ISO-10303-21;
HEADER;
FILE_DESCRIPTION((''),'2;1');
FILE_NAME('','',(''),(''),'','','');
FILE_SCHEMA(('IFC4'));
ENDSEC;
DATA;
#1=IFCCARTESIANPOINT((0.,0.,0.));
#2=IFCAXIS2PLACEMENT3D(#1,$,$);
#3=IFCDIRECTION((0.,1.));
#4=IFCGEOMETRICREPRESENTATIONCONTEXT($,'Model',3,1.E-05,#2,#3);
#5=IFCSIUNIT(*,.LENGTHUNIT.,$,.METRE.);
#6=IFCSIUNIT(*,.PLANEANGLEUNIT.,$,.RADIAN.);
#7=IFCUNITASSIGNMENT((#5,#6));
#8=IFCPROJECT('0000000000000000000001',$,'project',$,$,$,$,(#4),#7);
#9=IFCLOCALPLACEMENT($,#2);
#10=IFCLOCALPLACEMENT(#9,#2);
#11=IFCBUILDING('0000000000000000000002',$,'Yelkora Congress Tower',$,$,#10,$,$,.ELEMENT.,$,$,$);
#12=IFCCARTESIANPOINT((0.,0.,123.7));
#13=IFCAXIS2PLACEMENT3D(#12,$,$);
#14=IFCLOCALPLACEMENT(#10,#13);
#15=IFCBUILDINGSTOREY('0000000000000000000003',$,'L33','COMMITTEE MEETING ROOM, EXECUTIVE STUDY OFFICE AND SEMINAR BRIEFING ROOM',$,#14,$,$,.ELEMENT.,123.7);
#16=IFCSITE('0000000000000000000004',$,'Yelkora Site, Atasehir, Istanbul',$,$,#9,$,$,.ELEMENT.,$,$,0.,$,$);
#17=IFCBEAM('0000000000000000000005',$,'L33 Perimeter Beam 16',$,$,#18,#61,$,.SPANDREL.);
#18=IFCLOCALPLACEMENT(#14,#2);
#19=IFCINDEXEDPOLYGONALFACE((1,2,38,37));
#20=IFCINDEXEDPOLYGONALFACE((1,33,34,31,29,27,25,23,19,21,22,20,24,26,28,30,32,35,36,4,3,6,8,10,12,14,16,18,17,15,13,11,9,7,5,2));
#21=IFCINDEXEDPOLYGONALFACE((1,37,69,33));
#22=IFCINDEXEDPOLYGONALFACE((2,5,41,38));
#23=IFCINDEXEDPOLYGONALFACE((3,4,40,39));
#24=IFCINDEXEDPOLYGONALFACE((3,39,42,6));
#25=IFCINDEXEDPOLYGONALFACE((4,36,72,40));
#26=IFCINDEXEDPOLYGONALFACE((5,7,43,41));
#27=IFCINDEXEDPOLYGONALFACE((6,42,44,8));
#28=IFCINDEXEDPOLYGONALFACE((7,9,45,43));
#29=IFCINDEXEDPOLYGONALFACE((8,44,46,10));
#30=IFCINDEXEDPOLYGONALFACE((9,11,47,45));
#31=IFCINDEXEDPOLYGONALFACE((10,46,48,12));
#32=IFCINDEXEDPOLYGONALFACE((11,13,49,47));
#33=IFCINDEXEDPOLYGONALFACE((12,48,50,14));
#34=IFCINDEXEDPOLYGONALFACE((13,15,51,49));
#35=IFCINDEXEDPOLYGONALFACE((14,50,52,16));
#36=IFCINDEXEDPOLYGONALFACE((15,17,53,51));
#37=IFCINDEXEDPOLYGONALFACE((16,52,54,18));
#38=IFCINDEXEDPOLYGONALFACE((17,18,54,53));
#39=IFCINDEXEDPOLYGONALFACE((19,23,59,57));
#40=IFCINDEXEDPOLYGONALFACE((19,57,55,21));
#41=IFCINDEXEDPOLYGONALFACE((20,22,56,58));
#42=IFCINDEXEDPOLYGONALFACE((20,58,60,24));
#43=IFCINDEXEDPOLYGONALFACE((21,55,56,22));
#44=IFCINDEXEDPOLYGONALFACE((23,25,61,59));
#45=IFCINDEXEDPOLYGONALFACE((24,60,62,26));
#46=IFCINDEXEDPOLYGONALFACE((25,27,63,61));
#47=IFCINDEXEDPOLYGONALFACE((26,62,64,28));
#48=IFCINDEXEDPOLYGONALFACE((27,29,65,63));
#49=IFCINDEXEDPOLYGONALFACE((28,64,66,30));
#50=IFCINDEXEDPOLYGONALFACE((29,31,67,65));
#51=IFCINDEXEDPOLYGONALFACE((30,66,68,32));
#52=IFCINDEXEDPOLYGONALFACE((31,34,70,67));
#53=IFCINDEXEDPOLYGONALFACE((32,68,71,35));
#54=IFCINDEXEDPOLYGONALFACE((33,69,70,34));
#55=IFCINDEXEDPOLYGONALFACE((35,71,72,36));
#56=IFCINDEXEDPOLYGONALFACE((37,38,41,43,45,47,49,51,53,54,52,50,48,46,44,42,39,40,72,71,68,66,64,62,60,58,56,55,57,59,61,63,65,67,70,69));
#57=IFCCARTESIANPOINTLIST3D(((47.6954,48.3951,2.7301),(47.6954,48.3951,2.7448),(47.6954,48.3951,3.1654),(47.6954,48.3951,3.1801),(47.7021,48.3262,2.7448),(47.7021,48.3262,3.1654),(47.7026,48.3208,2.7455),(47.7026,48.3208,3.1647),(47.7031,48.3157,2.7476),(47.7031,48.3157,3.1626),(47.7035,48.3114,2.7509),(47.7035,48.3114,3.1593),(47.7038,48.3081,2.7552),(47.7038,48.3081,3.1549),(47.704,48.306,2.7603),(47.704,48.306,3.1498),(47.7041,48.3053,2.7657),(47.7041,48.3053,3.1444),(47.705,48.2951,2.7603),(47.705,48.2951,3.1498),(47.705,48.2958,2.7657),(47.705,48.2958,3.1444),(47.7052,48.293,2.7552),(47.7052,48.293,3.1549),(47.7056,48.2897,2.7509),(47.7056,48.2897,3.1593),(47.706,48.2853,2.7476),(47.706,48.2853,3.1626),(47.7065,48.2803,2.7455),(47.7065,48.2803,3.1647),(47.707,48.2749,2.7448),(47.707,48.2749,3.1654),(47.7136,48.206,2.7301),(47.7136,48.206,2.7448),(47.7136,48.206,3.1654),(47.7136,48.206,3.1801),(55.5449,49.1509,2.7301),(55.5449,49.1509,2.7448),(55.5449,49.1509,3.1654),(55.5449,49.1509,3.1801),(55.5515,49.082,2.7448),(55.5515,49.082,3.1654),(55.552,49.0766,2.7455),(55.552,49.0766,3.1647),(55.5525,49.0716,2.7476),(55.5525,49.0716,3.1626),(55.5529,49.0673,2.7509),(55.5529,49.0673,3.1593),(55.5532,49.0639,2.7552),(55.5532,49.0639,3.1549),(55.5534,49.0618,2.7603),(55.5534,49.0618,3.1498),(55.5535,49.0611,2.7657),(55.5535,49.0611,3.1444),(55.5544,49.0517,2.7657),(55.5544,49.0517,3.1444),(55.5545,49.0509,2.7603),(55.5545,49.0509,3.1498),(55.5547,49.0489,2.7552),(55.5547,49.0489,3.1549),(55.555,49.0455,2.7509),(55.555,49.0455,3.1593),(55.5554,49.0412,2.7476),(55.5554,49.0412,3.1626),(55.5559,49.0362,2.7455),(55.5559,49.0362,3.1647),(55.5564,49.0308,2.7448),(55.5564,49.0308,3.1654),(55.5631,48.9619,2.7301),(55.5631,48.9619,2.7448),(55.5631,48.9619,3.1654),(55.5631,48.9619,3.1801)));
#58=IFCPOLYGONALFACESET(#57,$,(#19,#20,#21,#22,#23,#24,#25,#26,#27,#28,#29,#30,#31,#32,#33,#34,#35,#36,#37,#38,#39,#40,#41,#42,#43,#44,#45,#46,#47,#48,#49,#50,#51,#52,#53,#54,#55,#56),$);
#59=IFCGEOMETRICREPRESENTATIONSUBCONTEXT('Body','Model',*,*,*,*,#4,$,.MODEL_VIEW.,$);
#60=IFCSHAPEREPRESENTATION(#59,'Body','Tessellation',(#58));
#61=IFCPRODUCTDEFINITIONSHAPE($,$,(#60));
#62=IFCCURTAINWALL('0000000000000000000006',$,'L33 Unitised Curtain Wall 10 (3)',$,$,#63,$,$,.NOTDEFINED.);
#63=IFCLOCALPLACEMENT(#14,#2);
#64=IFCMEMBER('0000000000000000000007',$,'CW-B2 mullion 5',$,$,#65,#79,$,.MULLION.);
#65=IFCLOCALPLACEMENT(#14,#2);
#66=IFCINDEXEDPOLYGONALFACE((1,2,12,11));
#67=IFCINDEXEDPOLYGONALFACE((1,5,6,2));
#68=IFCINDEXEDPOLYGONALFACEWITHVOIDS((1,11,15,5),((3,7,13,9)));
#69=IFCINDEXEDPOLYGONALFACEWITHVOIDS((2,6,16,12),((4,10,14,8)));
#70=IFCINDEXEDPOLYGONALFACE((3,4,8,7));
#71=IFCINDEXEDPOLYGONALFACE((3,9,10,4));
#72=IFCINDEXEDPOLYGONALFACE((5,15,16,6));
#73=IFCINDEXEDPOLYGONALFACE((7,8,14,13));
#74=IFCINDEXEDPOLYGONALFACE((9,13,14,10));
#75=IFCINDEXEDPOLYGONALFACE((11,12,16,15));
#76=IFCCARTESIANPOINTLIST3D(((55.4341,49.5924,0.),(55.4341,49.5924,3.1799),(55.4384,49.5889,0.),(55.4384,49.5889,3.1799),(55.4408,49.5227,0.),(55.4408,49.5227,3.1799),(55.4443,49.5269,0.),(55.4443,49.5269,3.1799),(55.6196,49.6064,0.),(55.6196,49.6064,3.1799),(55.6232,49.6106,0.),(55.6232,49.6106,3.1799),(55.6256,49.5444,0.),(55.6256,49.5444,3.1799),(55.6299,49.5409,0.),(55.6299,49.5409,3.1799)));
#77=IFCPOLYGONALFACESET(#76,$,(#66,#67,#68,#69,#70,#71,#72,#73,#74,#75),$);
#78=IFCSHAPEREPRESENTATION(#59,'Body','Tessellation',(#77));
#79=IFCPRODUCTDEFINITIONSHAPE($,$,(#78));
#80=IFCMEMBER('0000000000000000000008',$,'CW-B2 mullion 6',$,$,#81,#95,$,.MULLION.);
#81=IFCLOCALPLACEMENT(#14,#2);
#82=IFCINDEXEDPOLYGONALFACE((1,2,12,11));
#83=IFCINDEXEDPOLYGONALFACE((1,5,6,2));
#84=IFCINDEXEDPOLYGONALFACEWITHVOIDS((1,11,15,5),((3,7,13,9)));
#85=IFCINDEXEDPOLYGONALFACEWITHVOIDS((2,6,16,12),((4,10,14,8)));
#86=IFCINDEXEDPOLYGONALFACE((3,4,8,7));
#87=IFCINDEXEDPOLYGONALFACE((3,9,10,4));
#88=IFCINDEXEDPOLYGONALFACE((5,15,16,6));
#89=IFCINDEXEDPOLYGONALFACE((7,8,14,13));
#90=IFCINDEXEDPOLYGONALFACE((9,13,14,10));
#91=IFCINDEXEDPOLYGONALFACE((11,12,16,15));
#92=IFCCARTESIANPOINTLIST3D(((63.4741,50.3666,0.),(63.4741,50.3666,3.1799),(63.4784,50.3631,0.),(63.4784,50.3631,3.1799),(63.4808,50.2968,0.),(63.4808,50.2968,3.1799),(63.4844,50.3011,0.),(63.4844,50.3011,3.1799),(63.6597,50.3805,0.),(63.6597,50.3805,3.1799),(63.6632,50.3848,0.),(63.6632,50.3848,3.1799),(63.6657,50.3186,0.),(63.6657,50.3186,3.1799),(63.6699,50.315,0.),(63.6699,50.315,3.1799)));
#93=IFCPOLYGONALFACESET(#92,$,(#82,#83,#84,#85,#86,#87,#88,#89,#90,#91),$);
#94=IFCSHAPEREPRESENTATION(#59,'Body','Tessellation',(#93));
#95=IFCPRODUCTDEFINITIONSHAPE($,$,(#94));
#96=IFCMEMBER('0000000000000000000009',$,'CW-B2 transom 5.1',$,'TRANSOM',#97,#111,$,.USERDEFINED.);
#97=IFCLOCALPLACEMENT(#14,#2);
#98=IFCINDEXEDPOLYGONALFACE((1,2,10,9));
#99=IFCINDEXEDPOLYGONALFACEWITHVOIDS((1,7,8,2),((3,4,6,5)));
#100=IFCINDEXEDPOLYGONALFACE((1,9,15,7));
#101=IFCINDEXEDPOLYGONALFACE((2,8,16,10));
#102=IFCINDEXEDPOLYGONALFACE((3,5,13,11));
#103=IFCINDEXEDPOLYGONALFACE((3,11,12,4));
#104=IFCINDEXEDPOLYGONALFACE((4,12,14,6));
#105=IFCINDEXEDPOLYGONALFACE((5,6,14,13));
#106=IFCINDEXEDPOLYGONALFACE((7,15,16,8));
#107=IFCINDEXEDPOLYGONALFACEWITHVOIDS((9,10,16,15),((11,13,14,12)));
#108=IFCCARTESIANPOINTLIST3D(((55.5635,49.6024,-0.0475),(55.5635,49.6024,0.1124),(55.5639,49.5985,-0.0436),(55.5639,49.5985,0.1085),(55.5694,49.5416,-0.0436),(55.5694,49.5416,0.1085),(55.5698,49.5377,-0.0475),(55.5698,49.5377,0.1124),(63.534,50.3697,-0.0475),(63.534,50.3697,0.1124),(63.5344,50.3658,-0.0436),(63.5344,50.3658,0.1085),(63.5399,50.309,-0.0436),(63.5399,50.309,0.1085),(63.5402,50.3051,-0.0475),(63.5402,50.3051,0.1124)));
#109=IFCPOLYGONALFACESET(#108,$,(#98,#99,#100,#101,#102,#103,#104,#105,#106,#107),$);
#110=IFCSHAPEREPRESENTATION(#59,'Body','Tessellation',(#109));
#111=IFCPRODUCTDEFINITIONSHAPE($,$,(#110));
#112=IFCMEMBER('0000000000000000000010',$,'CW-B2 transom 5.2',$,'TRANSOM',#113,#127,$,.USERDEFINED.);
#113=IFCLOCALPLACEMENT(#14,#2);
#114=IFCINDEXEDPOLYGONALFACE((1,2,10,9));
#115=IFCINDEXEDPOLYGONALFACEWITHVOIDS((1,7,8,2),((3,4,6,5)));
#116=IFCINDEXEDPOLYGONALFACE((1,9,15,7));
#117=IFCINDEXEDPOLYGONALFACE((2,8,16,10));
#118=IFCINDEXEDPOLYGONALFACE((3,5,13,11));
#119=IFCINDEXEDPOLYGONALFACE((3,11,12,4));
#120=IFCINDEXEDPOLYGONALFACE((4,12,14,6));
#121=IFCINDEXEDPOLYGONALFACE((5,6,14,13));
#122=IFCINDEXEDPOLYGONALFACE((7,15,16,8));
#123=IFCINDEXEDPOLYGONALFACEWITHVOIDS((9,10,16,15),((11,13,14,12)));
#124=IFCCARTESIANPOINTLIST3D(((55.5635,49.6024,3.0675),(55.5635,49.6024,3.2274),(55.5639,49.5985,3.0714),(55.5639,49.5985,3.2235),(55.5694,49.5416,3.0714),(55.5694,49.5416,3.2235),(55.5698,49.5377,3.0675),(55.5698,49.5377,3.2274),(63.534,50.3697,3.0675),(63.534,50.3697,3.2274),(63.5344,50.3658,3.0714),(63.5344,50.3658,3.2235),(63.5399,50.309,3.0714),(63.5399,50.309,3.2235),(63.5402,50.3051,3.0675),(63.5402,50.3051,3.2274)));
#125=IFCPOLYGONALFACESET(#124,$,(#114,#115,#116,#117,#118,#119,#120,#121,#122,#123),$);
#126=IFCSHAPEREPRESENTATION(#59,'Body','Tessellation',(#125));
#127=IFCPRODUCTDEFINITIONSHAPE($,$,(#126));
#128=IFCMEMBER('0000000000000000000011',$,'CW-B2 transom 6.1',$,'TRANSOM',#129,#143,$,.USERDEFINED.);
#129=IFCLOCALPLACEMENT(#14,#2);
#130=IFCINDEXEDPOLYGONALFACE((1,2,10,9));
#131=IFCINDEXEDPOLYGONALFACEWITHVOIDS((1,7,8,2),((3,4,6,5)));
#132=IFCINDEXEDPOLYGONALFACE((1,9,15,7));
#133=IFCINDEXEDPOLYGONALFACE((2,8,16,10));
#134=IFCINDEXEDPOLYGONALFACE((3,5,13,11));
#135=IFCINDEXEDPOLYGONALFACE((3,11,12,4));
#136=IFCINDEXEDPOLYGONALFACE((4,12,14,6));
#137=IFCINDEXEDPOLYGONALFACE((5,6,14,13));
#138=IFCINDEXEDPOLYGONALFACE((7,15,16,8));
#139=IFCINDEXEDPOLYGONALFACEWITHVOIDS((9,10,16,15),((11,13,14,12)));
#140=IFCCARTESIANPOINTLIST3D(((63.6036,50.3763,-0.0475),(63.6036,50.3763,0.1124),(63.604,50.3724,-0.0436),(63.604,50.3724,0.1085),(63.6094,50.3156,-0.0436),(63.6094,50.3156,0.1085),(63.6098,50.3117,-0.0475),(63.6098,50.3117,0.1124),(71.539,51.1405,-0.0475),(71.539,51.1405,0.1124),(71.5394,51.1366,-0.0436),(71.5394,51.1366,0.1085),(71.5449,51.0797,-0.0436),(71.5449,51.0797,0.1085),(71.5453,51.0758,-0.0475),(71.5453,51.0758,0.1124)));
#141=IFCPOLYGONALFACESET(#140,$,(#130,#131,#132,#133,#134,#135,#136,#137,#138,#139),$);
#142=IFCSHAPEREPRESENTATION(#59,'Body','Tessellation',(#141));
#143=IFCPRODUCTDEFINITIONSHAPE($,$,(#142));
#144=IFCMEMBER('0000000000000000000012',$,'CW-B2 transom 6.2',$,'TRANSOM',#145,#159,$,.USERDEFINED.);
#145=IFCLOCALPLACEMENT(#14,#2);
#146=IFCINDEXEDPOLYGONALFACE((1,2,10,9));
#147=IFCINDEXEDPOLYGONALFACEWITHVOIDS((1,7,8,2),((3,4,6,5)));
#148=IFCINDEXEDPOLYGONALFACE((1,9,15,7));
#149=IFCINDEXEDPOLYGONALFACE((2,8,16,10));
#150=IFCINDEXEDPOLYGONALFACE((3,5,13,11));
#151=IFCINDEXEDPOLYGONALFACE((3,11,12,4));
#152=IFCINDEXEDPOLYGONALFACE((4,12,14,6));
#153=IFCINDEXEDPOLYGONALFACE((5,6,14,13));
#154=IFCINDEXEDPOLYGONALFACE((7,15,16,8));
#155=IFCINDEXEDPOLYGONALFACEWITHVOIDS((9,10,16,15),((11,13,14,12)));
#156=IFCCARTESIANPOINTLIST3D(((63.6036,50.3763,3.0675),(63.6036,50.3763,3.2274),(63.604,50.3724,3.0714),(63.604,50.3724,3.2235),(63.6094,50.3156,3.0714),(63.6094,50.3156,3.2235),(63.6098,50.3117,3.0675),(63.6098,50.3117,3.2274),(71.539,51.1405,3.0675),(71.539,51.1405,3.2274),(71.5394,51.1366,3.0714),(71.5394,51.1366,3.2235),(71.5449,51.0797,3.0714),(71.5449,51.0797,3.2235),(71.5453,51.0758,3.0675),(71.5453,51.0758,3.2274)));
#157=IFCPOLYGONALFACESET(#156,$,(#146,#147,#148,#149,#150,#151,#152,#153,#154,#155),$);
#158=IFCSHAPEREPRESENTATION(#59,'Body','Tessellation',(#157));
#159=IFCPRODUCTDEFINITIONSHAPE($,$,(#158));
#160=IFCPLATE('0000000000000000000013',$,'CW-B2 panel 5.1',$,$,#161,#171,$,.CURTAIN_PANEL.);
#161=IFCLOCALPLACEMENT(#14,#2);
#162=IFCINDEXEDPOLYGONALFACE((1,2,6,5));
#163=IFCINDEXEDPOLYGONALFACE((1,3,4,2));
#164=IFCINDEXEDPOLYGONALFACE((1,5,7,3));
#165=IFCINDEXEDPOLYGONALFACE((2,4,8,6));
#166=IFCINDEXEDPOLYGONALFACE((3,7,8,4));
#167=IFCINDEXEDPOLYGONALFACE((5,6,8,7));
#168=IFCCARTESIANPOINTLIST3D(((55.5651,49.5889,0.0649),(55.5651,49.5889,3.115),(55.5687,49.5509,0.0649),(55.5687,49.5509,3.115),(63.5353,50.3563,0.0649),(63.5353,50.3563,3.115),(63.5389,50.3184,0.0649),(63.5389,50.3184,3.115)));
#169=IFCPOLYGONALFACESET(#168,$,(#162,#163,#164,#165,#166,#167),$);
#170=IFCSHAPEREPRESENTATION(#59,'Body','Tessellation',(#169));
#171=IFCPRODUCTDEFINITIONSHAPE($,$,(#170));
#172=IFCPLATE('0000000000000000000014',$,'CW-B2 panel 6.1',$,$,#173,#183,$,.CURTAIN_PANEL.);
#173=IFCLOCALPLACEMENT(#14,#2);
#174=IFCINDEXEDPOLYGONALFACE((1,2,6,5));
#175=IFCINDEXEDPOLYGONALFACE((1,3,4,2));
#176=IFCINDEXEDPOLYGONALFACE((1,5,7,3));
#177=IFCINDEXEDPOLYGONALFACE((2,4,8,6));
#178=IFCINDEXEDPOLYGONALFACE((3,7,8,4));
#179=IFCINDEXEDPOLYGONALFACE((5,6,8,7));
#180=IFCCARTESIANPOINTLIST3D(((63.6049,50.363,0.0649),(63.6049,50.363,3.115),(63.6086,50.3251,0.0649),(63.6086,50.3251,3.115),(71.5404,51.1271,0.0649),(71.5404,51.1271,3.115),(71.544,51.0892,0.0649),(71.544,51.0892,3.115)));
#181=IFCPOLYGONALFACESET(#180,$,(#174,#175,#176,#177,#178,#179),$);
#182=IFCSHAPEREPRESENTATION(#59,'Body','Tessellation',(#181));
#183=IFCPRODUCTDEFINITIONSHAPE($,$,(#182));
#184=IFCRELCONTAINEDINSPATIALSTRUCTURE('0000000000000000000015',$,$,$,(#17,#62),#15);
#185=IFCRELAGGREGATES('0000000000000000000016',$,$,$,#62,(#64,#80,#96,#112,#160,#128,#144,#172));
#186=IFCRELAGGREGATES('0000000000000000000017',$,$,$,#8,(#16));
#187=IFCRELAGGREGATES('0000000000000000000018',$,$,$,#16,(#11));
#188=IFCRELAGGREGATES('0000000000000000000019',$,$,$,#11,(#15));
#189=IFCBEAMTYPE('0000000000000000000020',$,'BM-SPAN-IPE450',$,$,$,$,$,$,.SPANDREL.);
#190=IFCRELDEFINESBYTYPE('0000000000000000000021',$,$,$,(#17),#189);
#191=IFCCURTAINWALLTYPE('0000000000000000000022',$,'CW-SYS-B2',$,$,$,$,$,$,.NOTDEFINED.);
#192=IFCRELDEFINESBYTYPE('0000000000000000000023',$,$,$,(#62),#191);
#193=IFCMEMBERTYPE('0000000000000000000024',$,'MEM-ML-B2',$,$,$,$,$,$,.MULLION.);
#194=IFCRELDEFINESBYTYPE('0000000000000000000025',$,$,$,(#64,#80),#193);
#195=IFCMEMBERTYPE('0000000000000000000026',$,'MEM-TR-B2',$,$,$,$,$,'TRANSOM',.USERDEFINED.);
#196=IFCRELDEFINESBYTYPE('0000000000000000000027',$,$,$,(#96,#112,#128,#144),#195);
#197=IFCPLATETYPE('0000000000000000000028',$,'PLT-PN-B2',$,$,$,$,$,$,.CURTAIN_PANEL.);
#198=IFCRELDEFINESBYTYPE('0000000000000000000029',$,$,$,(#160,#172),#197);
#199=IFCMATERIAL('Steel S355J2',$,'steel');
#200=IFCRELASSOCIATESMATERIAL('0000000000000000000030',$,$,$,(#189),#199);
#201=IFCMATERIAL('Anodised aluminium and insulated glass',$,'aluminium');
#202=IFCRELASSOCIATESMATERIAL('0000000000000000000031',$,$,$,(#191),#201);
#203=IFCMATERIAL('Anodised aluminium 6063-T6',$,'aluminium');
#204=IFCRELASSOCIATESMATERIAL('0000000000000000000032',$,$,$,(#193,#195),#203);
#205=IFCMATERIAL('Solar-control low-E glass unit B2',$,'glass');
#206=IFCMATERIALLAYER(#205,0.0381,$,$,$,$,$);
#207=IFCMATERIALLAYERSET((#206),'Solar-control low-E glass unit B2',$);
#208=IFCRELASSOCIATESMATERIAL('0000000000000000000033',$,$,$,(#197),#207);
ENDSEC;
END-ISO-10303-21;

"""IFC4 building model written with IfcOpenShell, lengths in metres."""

from ifc_helpers import new_model, si_unit, direction, frame, origin, origin_2d, place, context, subcontext, project, spatial, rectangle, hollow_rectangle, i_section, extrude, material, layer, layer_set, material_profile, profile_set, type_object, element, aggregate, save


model = new_model("IFC4")

# Units and contexts
model_context = context("Model", 3, precision=1e-05, world=origin(), true_north=direction((0.0, 1.0)))
body_context = subcontext(model_context, "Body", "Model", "MODEL_VIEW")
ifc_project = project(units=[si_unit("LENGTHUNIT", "METRE"), si_unit("PLANEANGLEUNIT", "RADIAN")], contexts=[model_context])

# Site, building, storey
site_placement = place(None, origin())
site = spatial("IfcSite", under=ifc_project, at=site_placement, Name="Yelkora Site, Atasehir, Istanbul", CompositionType="ELEMENT", RefElevation=0.0)
building_placement = place(site_placement, origin())
building = spatial("IfcBuilding", under=site, at=building_placement, Name="Yelkora Congress Tower", CompositionType="ELEMENT")
storey_placement = place(building_placement, frame((0.0, 0.0, 123.7)))
storey = spatial("IfcBuildingStorey", under=building, at=storey_placement, Name="L33", Description="COMMITTEE MEETING ROOM, EXECUTIVE STUDY OFFICE AND SEMINAR BRIEFING ROOM", CompositionType="ELEMENT", Elevation=123.7)

# Beam
ifc_material_1 = material(Name="Steel S355J2", Category="steel")
ifc_material_profile_1 = material_profile(ifc_material_1, i_section(OverallWidth=0.1899, OverallDepth=0.45, WebThickness=0.0095, FlangeThickness=0.0146, FilletRadius=0.021, at=origin_2d()), Name="IPE 450")
ifc_profile_set_1 = profile_set([ifc_material_profile_1], Name="Steel S355J2")
beam_type_1 = type_object("IfcBeamType", Name="BM-SPAN-IPE450", PredefinedType="SPANDREL", material=ifc_profile_set_1)
for number, where, z_axis, x_axis, name in (
    (1, (55.554, 49.0564, 2.9551), (-0.995396, -0.095852, 0.0), (0.095852, -0.995396, 0.0), "L33 Perimeter Beam 16"),
):
    element("IfcBeam", number, at=place(storey_placement, frame(where, z_axis=z_axis, x_axis=x_axis)), inside=storey, type_object=beam_type_1, Name=name, PredefinedType="SPANDREL", context=body_context, shape_type="SweptSolid", body=[
        extrude(i_section(OverallWidth=0.1899, OverallDepth=0.45, WebThickness=0.0095, FlangeThickness=0.0146, FilletRadius=0.021, at=origin_2d()), origin(), (0.0, 0.0, 1.0), 7.8857),
    ])

# Curtain wall, members, plates
ifc_material_2 = material(Name="Anodised aluminium and insulated glass", Category="aluminium")
curtain_wall_type = type_object("IfcCurtainWallType", Name="CW-SYS-B2", PredefinedType="NOTDEFINED", material=ifc_material_2)
curtain_wall_placement = place(storey_placement, origin())
curtain_wall = element("IfcCurtainWall", 2, at=curtain_wall_placement, inside=storey, type_object=curtain_wall_type, Name="L33 Unitised Curtain Wall 10 (3)", PredefinedType="NOTDEFINED")
ifc_material_3 = material(Name="Anodised aluminium 6063-T6", Category="aluminium")
ifc_material_profile_2 = material_profile(ifc_material_3, hollow_rectangle(XDim=0.0701, YDim=0.1899, WallThickness=0.0039, at=origin_2d()), Name="ALU 70x190x4")
ifc_profile_set_2 = profile_set([ifc_material_profile_2], Name="Anodised aluminium 6063-T6")
member_type_1 = type_object("IfcMemberType", Name="MEM-ML-B2", PredefinedType="MULLION", material=ifc_profile_set_2)
member_1_placement = place(storey_placement, frame((55.532, 49.5667, 0.0), z_axis=(0.0, 0.0, 1.0), x_axis=(-0.095844, 0.995396, 0.0)))
member_1 = element("IfcMember", 3, at=member_1_placement, type_object=member_type_1, Name="CW-B2 mullion 5", PredefinedType="MULLION", context=body_context, shape_type="SweptSolid", body=[
    extrude(hollow_rectangle(XDim=0.0701, YDim=0.1899, WallThickness=0.0039, at=origin_2d()), origin(), (0.0, 0.0, 1.0), 3.1799),
])
member_2_placement = place(storey_placement, frame((63.572, 50.3408, 0.0), z_axis=(0.0, 0.0, 1.0), x_axis=(-0.095844, 0.995396, 0.0)))
member_2 = element("IfcMember", 4, at=member_2_placement, type_object=member_type_1, Name="CW-B2 mullion 6", PredefinedType="MULLION", context=body_context, shape_type="SweptSolid", body=[
    extrude(hollow_rectangle(XDim=0.0701, YDim=0.1899, WallThickness=0.0039, at=origin_2d()), origin(), (0.0, 0.0, 1.0), 3.1799),
])
ifc_material_profile_3 = material_profile(ifc_material_3, hollow_rectangle(XDim=0.0649, YDim=0.1599, WallThickness=0.0039, at=origin_2d()), Name="ALU 65x160x4")
ifc_profile_set_3 = profile_set([ifc_material_profile_3], Name="Anodised aluminium 6063-T6")
member_type_2 = type_object("IfcMemberType", Name="MEM-TR-B2", ElementType="TRANSOM", PredefinedType="USERDEFINED", material=ifc_profile_set_3)
member_3_placement = place(storey_placement, frame((55.5667, 49.5701, 0.0325), z_axis=(0.995398, 0.095829, 0.0), x_axis=(-0.095829, 0.995398, 0.0)))
member_3 = element("IfcMember", 5, at=member_3_placement, type_object=member_type_2, Name="CW-B2 transom 5.1", ObjectType="TRANSOM", PredefinedType="USERDEFINED", context=body_context, shape_type="SweptSolid", body=[
    extrude(hollow_rectangle(XDim=0.0649, YDim=0.1599, WallThickness=0.0039, at=origin_2d()), origin(), (0.0, 0.0, 1.0), 8.0073),
])
member_4_placement = place(storey_placement, frame((55.5667, 49.5701, 3.1475), z_axis=(0.995398, 0.095829, 0.0), x_axis=(-0.095829, 0.995398, 0.0)))
member_4 = element("IfcMember", 6, at=member_4_placement, type_object=member_type_2, Name="CW-B2 transom 5.2", ObjectType="TRANSOM", PredefinedType="USERDEFINED", context=body_context, shape_type="SweptSolid", body=[
    extrude(hollow_rectangle(XDim=0.0649, YDim=0.1599, WallThickness=0.0039, at=origin_2d()), origin(), (0.0, 0.0, 1.0), 8.0073),
])
member_5_placement = place(storey_placement, frame((63.6067, 50.344, 0.0325), z_axis=(0.995396, 0.095852, 0.0), x_axis=(-0.095852, 0.995396, 0.0)))
member_5 = element("IfcMember", 7, at=member_5_placement, type_object=member_type_2, Name="CW-B2 transom 6.1", ObjectType="TRANSOM", PredefinedType="USERDEFINED", context=body_context, shape_type="SweptSolid", body=[
    extrude(hollow_rectangle(XDim=0.0649, YDim=0.1599, WallThickness=0.0039, at=origin_2d()), origin(), (0.0, 0.0, 1.0), 7.9722),
])
member_6_placement = place(storey_placement, frame((63.6067, 50.344, 3.1475), z_axis=(0.995396, 0.095852, 0.0), x_axis=(-0.095852, 0.995396, 0.0)))
member_6 = element("IfcMember", 8, at=member_6_placement, type_object=member_type_2, Name="CW-B2 transom 6.2", ObjectType="TRANSOM", PredefinedType="USERDEFINED", context=body_context, shape_type="SweptSolid", body=[
    extrude(hollow_rectangle(XDim=0.0649, YDim=0.1599, WallThickness=0.0039, at=origin_2d()), origin(), (0.0, 0.0, 1.0), 7.9722),
])
ifc_material_4 = material(Name="Solar-control low-E glass unit B2", Category="glass")
ifc_layer_1 = layer(ifc_material_4, 0.0381)
ifc_layer_set_1 = layer_set([ifc_layer_1], Name="Solar-control low-E glass unit B2")
plate_type = type_object("IfcPlateType", Name="PLT-PN-B2", PredefinedType="CURTAIN_PANEL", material=ifc_layer_set_1)
plate_1_placement = place(storey_placement, frame((59.552, 49.9536, 0.0649), z_axis=(0.0, 0.0, 1.0), x_axis=(0.995396, 0.095844, 0.0)))
plate_1 = element("IfcPlate", 9, at=plate_1_placement, type_object=plate_type, Name="CW-B2 panel 5.1", PredefinedType="CURTAIN_PANEL", context=body_context, shape_type="SweptSolid", body=[
    extrude(rectangle(XDim=8.0071, YDim=0.0381, at=origin_2d()), origin(), (0.0, 0.0, 1.0), 3.05),
])
plate_2_placement = place(storey_placement, frame((67.5745, 50.7261, 0.0649), z_axis=(0.0, 0.0, 1.0), x_axis=(0.995396, 0.095844, 0.0)))
plate_2 = element("IfcPlate", 10, at=plate_2_placement, type_object=plate_type, Name="CW-B2 panel 6.1", PredefinedType="CURTAIN_PANEL", context=body_context, shape_type="SweptSolid", body=[
    extrude(rectangle(XDim=7.9722, YDim=0.0381, at=origin_2d()), origin(), (0.0, 0.0, 1.0), 3.05),
])
aggregate(curtain_wall, [member_1, member_2, member_3, member_4, plate_1, member_5, member_6, plate_2])

save(model, "model.ifc")
